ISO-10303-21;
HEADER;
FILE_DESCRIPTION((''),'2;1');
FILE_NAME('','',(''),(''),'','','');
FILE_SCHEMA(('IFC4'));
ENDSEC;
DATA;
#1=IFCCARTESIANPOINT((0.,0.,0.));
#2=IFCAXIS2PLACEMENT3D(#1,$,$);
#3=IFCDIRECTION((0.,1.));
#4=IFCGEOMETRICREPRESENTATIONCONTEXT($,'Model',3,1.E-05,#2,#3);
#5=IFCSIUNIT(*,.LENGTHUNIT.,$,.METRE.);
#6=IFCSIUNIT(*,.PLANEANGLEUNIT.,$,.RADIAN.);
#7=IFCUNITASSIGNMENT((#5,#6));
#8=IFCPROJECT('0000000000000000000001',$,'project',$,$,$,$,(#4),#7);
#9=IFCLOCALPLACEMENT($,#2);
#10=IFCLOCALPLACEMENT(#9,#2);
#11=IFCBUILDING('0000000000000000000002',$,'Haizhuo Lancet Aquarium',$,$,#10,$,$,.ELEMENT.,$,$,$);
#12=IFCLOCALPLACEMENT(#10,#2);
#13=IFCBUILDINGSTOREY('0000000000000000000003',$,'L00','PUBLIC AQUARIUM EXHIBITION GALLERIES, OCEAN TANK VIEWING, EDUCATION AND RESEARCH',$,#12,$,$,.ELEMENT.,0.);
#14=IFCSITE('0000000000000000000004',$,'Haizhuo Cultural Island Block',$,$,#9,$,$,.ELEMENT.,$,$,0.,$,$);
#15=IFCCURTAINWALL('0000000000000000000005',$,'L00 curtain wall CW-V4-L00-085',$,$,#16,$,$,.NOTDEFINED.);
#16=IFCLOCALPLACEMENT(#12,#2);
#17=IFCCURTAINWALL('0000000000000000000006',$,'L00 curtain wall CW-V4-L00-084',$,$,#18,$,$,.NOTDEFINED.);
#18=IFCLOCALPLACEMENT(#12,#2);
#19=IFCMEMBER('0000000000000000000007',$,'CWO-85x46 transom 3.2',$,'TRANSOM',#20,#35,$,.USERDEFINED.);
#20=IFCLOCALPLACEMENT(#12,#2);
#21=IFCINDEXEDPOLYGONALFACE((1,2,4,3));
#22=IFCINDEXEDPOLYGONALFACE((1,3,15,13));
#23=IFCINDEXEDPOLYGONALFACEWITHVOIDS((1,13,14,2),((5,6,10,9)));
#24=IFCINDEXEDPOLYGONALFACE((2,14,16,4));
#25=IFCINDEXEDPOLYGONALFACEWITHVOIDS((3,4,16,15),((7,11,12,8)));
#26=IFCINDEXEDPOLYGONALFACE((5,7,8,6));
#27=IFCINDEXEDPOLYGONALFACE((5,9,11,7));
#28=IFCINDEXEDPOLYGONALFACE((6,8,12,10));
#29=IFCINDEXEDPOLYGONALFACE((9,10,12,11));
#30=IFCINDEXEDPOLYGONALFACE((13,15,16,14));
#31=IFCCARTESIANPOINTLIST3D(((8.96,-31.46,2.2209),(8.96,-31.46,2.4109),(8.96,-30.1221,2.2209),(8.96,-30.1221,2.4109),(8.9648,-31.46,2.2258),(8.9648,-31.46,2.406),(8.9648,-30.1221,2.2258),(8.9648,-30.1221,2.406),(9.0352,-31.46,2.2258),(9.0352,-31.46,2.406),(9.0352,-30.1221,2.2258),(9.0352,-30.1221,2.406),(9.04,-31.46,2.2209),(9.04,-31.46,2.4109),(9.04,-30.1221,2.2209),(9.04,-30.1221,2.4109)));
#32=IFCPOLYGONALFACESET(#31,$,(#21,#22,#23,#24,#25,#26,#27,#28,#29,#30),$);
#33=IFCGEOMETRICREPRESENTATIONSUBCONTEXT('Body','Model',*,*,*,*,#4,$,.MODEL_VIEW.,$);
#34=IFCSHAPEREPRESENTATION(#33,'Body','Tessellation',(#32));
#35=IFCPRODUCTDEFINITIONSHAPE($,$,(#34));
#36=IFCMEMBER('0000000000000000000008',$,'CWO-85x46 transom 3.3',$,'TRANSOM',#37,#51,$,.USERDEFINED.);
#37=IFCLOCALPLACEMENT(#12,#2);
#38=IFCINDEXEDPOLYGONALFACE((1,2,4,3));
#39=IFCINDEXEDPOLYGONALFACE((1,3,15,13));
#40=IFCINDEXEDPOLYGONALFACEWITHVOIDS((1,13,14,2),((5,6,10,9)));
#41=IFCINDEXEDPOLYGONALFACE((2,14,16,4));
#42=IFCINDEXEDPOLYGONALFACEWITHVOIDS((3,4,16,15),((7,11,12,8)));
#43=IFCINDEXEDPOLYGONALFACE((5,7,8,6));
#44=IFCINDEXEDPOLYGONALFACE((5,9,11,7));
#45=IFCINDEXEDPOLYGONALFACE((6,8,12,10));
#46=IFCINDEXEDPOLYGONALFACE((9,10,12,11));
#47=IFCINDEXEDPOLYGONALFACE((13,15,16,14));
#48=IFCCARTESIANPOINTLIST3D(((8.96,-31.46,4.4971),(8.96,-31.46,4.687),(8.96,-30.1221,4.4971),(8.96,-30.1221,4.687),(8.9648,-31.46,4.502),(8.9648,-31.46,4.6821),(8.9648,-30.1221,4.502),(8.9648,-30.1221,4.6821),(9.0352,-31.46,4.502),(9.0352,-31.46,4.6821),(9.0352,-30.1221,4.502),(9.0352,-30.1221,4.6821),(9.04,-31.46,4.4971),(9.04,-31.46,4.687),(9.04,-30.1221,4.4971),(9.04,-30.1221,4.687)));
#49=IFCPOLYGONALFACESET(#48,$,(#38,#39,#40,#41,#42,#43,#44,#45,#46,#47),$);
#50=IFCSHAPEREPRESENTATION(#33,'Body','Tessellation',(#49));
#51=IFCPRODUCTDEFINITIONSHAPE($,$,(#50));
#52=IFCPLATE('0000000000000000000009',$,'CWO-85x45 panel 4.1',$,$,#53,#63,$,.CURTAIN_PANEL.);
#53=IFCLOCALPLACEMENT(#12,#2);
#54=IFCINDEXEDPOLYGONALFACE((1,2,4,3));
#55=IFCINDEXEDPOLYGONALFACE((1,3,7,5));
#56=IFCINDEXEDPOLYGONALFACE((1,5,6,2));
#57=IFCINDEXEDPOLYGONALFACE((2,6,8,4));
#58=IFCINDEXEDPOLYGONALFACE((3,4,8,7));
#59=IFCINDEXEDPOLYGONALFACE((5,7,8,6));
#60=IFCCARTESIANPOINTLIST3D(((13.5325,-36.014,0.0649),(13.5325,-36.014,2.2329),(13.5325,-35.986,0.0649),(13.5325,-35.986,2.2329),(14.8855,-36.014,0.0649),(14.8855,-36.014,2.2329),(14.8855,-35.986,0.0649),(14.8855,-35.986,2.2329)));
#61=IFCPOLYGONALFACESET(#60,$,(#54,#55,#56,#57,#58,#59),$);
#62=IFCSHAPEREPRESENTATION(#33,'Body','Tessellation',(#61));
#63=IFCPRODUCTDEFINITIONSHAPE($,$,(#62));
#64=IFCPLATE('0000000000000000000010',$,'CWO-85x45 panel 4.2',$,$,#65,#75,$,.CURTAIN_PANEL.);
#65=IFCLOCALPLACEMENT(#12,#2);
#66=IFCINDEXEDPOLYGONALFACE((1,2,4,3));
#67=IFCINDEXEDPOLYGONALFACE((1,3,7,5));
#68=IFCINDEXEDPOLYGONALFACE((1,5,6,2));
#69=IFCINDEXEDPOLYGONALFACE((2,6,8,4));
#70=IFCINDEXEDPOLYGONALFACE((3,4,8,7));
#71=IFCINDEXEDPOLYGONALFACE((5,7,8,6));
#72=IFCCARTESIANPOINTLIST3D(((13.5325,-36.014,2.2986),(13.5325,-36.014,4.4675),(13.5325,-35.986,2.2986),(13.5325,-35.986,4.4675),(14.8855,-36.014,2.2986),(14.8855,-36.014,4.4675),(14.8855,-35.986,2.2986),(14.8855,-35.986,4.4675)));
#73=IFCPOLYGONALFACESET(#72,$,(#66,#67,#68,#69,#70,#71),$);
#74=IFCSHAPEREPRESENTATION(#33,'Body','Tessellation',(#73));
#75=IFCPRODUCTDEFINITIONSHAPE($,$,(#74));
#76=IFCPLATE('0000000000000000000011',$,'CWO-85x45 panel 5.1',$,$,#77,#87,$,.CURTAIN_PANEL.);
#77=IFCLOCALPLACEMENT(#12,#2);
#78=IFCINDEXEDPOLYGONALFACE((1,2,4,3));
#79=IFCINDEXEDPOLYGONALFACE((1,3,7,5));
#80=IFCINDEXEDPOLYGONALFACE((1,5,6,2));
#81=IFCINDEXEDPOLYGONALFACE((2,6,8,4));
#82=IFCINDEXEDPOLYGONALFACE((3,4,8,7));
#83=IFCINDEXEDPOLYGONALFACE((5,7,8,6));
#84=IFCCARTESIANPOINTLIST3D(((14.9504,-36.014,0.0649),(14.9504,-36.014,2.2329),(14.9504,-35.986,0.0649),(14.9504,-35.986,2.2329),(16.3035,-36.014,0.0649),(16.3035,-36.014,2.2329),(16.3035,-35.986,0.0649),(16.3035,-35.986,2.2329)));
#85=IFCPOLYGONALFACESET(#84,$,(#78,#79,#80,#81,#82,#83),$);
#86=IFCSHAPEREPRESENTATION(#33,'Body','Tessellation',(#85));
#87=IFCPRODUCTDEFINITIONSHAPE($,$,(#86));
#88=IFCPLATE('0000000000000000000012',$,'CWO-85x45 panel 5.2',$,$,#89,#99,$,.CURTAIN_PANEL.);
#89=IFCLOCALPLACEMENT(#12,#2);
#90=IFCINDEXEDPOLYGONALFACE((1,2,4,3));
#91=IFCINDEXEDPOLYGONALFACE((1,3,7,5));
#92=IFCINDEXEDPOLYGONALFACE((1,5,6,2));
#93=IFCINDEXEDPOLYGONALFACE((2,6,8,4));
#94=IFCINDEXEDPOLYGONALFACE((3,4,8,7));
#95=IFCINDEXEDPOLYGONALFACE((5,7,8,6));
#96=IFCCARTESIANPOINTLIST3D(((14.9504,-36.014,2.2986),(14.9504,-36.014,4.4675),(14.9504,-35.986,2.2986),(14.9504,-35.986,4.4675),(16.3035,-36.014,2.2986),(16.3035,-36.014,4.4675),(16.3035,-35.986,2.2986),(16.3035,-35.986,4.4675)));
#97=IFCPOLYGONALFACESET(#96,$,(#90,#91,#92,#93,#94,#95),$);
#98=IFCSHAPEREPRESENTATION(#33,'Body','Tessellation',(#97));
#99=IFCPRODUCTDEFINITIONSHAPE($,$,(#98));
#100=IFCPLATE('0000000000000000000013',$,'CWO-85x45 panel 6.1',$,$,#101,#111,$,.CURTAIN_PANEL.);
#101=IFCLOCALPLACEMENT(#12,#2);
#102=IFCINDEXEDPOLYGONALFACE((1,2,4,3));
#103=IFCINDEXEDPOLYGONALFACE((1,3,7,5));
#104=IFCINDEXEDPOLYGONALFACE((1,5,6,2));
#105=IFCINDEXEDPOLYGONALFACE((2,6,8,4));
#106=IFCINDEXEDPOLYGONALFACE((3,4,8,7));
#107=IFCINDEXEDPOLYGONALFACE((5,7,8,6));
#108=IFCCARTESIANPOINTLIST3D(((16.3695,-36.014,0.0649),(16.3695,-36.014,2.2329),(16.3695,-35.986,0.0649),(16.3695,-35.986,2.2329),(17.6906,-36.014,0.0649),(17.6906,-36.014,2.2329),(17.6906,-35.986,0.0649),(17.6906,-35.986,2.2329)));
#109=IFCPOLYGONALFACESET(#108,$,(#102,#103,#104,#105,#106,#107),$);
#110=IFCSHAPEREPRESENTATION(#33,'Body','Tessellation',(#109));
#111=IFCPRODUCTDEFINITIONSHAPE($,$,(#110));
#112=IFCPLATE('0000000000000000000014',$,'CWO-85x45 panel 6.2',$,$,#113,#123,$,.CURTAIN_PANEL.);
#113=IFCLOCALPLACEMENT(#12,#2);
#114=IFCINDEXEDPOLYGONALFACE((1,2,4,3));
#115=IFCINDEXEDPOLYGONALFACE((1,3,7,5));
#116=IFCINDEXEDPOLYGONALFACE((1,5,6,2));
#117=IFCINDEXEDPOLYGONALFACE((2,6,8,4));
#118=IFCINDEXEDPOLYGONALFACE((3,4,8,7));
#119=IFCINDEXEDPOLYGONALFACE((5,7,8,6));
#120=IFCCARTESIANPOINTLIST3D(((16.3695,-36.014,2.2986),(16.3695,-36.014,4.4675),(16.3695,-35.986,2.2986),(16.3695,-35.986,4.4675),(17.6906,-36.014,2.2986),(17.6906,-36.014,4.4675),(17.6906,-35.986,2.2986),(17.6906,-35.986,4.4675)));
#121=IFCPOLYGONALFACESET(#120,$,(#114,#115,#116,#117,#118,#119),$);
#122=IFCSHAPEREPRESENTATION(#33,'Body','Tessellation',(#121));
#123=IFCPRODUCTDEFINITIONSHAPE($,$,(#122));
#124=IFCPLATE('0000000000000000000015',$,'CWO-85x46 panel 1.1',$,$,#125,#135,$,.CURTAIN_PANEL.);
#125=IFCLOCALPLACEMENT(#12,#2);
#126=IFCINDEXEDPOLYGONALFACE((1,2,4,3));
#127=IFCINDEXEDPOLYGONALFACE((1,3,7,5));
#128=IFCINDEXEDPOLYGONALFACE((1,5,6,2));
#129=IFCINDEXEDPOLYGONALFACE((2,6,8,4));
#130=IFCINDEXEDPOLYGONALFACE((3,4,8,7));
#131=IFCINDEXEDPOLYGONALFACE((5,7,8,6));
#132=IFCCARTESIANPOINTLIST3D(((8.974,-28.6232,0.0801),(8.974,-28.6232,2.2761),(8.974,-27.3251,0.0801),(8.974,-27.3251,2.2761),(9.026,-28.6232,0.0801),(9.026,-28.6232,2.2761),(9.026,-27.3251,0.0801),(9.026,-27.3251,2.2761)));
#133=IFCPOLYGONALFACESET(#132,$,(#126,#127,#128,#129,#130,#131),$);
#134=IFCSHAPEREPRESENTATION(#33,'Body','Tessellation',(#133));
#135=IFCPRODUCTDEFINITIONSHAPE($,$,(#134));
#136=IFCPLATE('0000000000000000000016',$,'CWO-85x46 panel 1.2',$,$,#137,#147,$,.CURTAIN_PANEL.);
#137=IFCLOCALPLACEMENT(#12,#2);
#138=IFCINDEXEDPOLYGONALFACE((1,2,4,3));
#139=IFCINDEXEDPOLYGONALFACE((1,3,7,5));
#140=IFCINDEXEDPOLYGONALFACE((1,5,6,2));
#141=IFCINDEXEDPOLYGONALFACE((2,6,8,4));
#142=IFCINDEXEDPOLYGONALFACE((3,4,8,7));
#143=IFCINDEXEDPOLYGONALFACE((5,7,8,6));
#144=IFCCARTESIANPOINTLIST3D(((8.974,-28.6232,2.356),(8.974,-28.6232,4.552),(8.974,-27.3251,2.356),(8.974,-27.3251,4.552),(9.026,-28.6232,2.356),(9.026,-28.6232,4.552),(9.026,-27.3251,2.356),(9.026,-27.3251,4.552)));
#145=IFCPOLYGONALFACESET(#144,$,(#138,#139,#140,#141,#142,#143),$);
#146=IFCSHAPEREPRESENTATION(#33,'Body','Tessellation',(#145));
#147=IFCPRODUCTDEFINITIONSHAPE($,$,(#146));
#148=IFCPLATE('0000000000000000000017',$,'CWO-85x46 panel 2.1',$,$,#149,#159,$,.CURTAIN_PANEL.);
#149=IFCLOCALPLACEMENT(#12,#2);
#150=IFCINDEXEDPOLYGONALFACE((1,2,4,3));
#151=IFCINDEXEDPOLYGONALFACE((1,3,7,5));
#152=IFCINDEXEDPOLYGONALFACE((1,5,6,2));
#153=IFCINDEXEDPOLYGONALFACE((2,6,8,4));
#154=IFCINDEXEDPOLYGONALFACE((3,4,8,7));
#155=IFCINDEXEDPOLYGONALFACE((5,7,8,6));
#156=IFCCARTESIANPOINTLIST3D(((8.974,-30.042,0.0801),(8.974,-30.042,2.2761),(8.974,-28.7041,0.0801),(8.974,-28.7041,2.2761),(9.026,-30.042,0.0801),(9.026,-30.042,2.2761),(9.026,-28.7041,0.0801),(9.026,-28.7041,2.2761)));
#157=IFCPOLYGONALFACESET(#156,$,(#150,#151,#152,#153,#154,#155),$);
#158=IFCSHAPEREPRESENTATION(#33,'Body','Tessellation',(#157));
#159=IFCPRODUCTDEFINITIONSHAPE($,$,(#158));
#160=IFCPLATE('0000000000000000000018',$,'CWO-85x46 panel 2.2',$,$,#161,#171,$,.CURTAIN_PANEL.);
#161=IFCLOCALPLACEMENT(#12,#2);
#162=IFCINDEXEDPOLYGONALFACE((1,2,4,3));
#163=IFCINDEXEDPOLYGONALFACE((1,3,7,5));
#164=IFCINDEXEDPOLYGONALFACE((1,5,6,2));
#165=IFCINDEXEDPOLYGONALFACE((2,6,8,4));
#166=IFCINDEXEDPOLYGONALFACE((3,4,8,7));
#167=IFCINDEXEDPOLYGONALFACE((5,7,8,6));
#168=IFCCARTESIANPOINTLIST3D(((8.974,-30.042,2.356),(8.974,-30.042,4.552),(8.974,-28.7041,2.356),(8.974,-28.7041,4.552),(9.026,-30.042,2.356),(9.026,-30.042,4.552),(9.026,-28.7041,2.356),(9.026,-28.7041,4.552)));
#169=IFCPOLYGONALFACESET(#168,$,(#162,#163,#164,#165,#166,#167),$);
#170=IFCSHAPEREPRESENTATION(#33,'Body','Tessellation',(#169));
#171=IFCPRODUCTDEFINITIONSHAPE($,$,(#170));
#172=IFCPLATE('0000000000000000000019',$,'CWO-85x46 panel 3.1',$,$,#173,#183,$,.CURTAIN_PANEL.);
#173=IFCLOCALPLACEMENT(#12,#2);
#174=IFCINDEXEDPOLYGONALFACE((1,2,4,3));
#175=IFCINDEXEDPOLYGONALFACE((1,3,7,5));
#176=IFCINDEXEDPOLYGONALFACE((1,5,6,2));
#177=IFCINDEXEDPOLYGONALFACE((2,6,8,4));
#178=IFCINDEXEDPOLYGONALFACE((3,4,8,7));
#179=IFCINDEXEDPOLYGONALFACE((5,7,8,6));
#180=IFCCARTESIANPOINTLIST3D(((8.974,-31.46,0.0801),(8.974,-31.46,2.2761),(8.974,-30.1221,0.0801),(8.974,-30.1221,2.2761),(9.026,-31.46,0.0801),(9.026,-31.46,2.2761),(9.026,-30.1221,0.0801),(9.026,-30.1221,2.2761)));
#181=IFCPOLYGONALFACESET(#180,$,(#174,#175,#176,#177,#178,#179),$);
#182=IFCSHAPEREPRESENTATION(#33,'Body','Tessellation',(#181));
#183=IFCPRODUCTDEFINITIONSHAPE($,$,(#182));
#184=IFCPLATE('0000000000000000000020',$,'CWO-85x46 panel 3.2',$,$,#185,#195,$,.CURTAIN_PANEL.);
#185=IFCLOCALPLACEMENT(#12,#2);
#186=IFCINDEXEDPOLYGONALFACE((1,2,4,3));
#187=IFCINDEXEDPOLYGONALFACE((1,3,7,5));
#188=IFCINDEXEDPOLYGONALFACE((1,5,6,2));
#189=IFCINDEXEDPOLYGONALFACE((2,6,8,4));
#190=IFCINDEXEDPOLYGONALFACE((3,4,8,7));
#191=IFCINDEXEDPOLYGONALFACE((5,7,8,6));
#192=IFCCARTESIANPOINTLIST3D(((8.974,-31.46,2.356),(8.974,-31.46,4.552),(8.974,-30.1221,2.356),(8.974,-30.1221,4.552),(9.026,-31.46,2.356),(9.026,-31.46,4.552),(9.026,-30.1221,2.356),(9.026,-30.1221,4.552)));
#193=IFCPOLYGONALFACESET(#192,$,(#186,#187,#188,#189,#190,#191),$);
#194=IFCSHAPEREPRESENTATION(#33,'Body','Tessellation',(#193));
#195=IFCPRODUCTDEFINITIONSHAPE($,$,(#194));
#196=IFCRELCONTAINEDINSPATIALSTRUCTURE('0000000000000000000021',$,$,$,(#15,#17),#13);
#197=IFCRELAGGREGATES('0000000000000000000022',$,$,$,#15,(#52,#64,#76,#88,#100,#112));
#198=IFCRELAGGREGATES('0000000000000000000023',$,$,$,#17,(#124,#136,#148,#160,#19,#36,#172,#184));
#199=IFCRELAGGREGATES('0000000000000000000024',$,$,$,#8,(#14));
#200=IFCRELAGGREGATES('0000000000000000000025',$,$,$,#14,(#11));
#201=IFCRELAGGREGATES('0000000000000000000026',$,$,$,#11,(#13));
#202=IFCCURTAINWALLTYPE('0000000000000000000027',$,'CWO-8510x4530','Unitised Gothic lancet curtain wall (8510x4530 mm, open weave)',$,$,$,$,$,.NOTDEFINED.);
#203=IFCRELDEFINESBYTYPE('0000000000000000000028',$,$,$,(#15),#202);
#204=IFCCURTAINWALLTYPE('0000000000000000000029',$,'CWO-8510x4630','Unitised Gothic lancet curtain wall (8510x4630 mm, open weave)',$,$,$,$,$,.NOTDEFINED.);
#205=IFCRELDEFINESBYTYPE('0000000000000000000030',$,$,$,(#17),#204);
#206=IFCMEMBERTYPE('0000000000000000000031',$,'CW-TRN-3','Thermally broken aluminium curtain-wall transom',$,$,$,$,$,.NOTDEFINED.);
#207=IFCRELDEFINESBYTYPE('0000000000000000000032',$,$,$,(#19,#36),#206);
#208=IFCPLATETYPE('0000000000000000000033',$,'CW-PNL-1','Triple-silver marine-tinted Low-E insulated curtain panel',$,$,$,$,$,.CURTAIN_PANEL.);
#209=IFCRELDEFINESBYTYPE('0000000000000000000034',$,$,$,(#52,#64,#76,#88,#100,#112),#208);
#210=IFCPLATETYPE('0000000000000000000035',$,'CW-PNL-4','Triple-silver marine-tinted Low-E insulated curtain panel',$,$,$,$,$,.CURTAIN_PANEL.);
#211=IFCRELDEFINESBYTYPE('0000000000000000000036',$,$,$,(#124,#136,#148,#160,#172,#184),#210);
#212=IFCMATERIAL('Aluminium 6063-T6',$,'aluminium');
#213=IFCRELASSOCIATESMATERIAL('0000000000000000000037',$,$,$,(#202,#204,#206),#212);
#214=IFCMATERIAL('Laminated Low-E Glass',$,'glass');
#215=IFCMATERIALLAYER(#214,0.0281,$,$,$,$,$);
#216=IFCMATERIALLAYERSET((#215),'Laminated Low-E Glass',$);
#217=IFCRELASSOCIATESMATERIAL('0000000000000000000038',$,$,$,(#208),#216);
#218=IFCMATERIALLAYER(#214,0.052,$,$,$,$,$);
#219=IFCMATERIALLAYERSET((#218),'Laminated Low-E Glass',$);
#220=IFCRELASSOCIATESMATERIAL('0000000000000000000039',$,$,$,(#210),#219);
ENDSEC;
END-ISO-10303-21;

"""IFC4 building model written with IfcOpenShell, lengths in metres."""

from ifc_helpers import new_model, si_unit, direction, frame, origin, origin_2d, place, context, subcontext, project, spatial, rectangle, hollow_rectangle, extrude, material, layer, layer_set, material_profile, profile_set, type_object, element, aggregate, save


model = new_model("IFC4")

# Units and contexts
model_context = context("Model", 3, precision=1e-05, world=origin(), true_north=direction((0.0, 1.0)))
body_context = subcontext(model_context, "Body", "Model", "MODEL_VIEW")
ifc_project = project(units=[si_unit("LENGTHUNIT", "METRE"), si_unit("PLANEANGLEUNIT", "RADIAN")], contexts=[model_context])

# Site, building, storey
site_placement = place(None, origin())
site = spatial("IfcSite", under=ifc_project, at=site_placement, Name="Haizhuo Cultural Island Block", CompositionType="ELEMENT", RefElevation=0.0)
building_placement = place(site_placement, origin())
building = spatial("IfcBuilding", under=site, at=building_placement, Name="Haizhuo Lancet Aquarium", CompositionType="ELEMENT")
storey_placement = place(building_placement, origin())
storey = spatial("IfcBuildingStorey", under=building, at=storey_placement, Name="L00", Description="PUBLIC AQUARIUM EXHIBITION GALLERIES, OCEAN TANK VIEWING, EDUCATION AND RESEARCH", CompositionType="ELEMENT", Elevation=0.0)

# Curtain walls
ifc_material_1 = material(Name="Aluminium 6063-T6", Category="aluminium")
curtain_wall_type_1 = type_object("IfcCurtainWallType", Name="CWO-8510x4530", Description="Unitised Gothic lancet curtain wall (8510x4530 mm, open weave)", PredefinedType="NOTDEFINED", material=ifc_material_1)
curtain_wall_1_placement = place(storey_placement, origin())
curtain_wall_1 = element("IfcCurtainWall", 1, at=curtain_wall_1_placement, inside=storey, type_object=curtain_wall_type_1, Name="L00 curtain wall CW-V4-L00-085", PredefinedType="NOTDEFINED")
curtain_wall_type_2 = type_object("IfcCurtainWallType", Name="CWO-8510x4630", Description="Unitised Gothic lancet curtain wall (8510x4630 mm, open weave)", PredefinedType="NOTDEFINED", material=ifc_material_1)
curtain_wall_2_placement = place(storey_placement, origin())
curtain_wall_2 = element("IfcCurtainWall", 2, at=curtain_wall_2_placement, inside=storey, type_object=curtain_wall_type_2, Name="L00 curtain wall CW-V4-L00-084", PredefinedType="NOTDEFINED")

# Members
ifc_material_profile_1 = material_profile(ifc_material_1, hollow_rectangle(XDim=0.0801, YDim=0.1899, WallThickness=0.0049, at=origin_2d()), Name="ALU-T 80x190x5")
ifc_profile_set_1 = profile_set([ifc_material_profile_1], Name="Aluminium 6063-T6")
member_type_1 = type_object("IfcMemberType", Name="CW-TRN-3", Description="Thermally broken aluminium curtain-wall transom", PredefinedType="NOTDEFINED", material=ifc_profile_set_1)
member_1_placement = place(storey_placement, frame((9.0, -30.1221, 2.3159), z_axis=(0.0, -1.0, 0.0), x_axis=(1.0, 0.0, 0.0)))
member_1 = element("IfcMember", 3, at=member_1_placement, type_object=member_type_1, Name="CWO-85x46 transom 3.2", ObjectType="TRANSOM", PredefinedType="USERDEFINED", context=body_context, shape_type="SweptSolid", body=[
    extrude(hollow_rectangle(XDim=0.0801, YDim=0.1899, WallThickness=0.0049, at=origin_2d()), origin(), (0.0, 0.0, 1.0), 1.3379),
])
member_2_placement = place(storey_placement, frame((9.0, -30.1221, 4.592), z_axis=(0.0, -1.0, 0.0), x_axis=(1.0, 0.0, 0.0)))
member_2 = element("IfcMember", 4, at=member_2_placement, type_object=member_type_1, Name="CWO-85x46 transom 3.3", ObjectType="TRANSOM", PredefinedType="USERDEFINED", context=body_context, shape_type="SweptSolid", body=[
    extrude(hollow_rectangle(XDim=0.0801, YDim=0.1899, WallThickness=0.0049, at=origin_2d()), origin(), (0.0, 0.0, 1.0), 1.3379),
])

# Plates
ifc_material_2 = material(Name="Laminated Low-E Glass", Category="glass")
ifc_layer_1 = layer(ifc_material_2, 0.0281)
ifc_layer_set_1 = layer_set([ifc_layer_1], Name="Laminated Low-E Glass")
plate_type_1 = type_object("IfcPlateType", Name="CW-PNL-1", Description="Triple-silver marine-tinted Low-E insulated curtain panel", PredefinedType="CURTAIN_PANEL", material=ifc_layer_set_1)
plate_1_placement = place(storey_placement, frame((14.209, -36.0, 0.0649), z_axis=(0.0, 0.0, 1.0), x_axis=(1.0, 0.0, 0.0)))
plate_1 = element("IfcPlate", 5, at=plate_1_placement, type_object=plate_type_1, Name="CWO-85x45 panel 4.1", PredefinedType="CURTAIN_PANEL", context=body_context, shape_type="SweptSolid", body=[
    extrude(rectangle(XDim=1.353, YDim=0.0281, at=origin_2d()), origin(), (0.0, 0.0, 1.0), 2.168),
])
plate_2_placement = place(storey_placement, frame((14.209, -36.0, 2.2986), z_axis=(0.0, 0.0, 1.0), x_axis=(1.0, 0.0, 0.0)))
plate_2 = element("IfcPlate", 6, at=plate_2_placement, type_object=plate_type_1, Name="CWO-85x45 panel 4.2", PredefinedType="CURTAIN_PANEL", context=body_context, shape_type="SweptSolid", body=[
    extrude(rectangle(XDim=1.353, YDim=0.0281, at=origin_2d()), origin(), (0.0, 0.0, 1.0), 2.1689),
])
plate_3_placement = place(storey_placement, frame((15.627, -36.0, 0.0649), z_axis=(0.0, 0.0, 1.0), x_axis=(1.0, 0.0, 0.0)))
plate_3 = element("IfcPlate", 7, at=plate_3_placement, type_object=plate_type_1, Name="CWO-85x45 panel 5.1", PredefinedType="CURTAIN_PANEL", context=body_context, shape_type="SweptSolid", body=[
    extrude(rectangle(XDim=1.353, YDim=0.0281, at=origin_2d()), origin(), (0.0, 0.0, 1.0), 2.168),
])
plate_4_placement = place(storey_placement, frame((15.627, -36.0, 2.2986), z_axis=(0.0, 0.0, 1.0), x_axis=(1.0, 0.0, 0.0)))
plate_4 = element("IfcPlate", 8, at=plate_4_placement, type_object=plate_type_1, Name="CWO-85x45 panel 5.2", PredefinedType="CURTAIN_PANEL", context=body_context, shape_type="SweptSolid", body=[
    extrude(rectangle(XDim=1.353, YDim=0.0281, at=origin_2d()), origin(), (0.0, 0.0, 1.0), 2.1689),
])
plate_5_placement = place(storey_placement, frame((17.03, -36.0, 0.0649), z_axis=(0.0, 0.0, 1.0), x_axis=(1.0, 0.0, 0.0)))
plate_5 = element("IfcPlate", 9, at=plate_5_placement, type_object=plate_type_1, Name="CWO-85x45 panel 6.1", PredefinedType="CURTAIN_PANEL", context=body_context, shape_type="SweptSolid", body=[
    extrude(rectangle(XDim=1.321, YDim=0.0281, at=origin_2d()), origin(), (0.0, 0.0, 1.0), 2.168),
])
plate_6_placement = place(storey_placement, frame((17.03, -36.0, 2.2986), z_axis=(0.0, 0.0, 1.0), x_axis=(1.0, 0.0, 0.0)))
plate_6 = element("IfcPlate", 10, at=plate_6_placement, type_object=plate_type_1, Name="CWO-85x45 panel 6.2", PredefinedType="CURTAIN_PANEL", context=body_context, shape_type="SweptSolid", body=[
    extrude(rectangle(XDim=1.321, YDim=0.0281, at=origin_2d()), origin(), (0.0, 0.0, 1.0), 2.1689),
])
aggregate(curtain_wall_1, [plate_1, plate_2, plate_3, plate_4, plate_5, plate_6])
ifc_layer_2 = layer(ifc_material_2, 0.052)
ifc_layer_set_2 = layer_set([ifc_layer_2], Name="Laminated Low-E Glass")
plate_type_2 = type_object("IfcPlateType", Name="CW-PNL-4", Description="Triple-silver marine-tinted Low-E insulated curtain panel", PredefinedType="CURTAIN_PANEL", material=ifc_layer_set_2)
plate_7_placement = place(storey_placement, frame((9.0, -27.9741, 0.0801), z_axis=(0.0, 0.0, 1.0), x_axis=(0.0, -1.0, 0.0)))
plate_7 = element("IfcPlate", 11, at=plate_7_placement, type_object=plate_type_2, Name="CWO-85x46 panel 1.1", PredefinedType="CURTAIN_PANEL", context=body_context, shape_type="SweptSolid", body=[
    extrude(rectangle(XDim=1.2981, YDim=0.052, at=origin_2d()), origin(), (0.0, 0.0, 1.0), 2.196),
])
plate_8_placement = place(storey_placement, frame((9.0, -27.9741, 2.356), z_axis=(0.0, 0.0, 1.0), x_axis=(0.0, -1.0, 0.0)))
plate_8 = element("IfcPlate", 12, at=plate_8_placement, type_object=plate_type_2, Name="CWO-85x46 panel 1.2", PredefinedType="CURTAIN_PANEL", context=body_context, shape_type="SweptSolid", body=[
    extrude(rectangle(XDim=1.2981, YDim=0.052, at=origin_2d()), origin(), (0.0, 0.0, 1.0), 2.196),
])
plate_9_placement = place(storey_placement, frame((9.0, -29.373, 0.0801), z_axis=(0.0, 0.0, 1.0), x_axis=(0.0, -1.0, 0.0)))
plate_9 = element("IfcPlate", 13, at=plate_9_placement, type_object=plate_type_2, Name="CWO-85x46 panel 2.1", PredefinedType="CURTAIN_PANEL", context=body_context, shape_type="SweptSolid", body=[
    extrude(rectangle(XDim=1.3379, YDim=0.052, at=origin_2d()), origin(), (0.0, 0.0, 1.0), 2.196),
])
plate_10_placement = place(storey_placement, frame((9.0, -29.373, 2.356), z_axis=(0.0, 0.0, 1.0), x_axis=(0.0, -1.0, 0.0)))
plate_10 = element("IfcPlate", 14, at=plate_10_placement, type_object=plate_type_2, Name="CWO-85x46 panel 2.2", PredefinedType="CURTAIN_PANEL", context=body_context, shape_type="SweptSolid", body=[
    extrude(rectangle(XDim=1.3379, YDim=0.052, at=origin_2d()), origin(), (0.0, 0.0, 1.0), 2.196),
])
plate_11_placement = place(storey_placement, frame((9.0, -30.791, 0.0801), z_axis=(0.0, 0.0, 1.0), x_axis=(0.0, -1.0, 0.0)))
plate_11 = element("IfcPlate", 15, at=plate_11_placement, type_object=plate_type_2, Name="CWO-85x46 panel 3.1", PredefinedType="CURTAIN_PANEL", context=body_context, shape_type="SweptSolid", body=[
    extrude(rectangle(XDim=1.3379, YDim=0.052, at=origin_2d()), origin(), (0.0, 0.0, 1.0), 2.196),
])
plate_12_placement = place(storey_placement, frame((9.0, -30.791, 2.356), z_axis=(0.0, 0.0, 1.0), x_axis=(0.0, -1.0, 0.0)))
plate_12 = element("IfcPlate", 16, at=plate_12_placement, type_object=plate_type_2, Name="CWO-85x46 panel 3.2", PredefinedType="CURTAIN_PANEL", context=body_context, shape_type="SweptSolid", body=[
    extrude(rectangle(XDim=1.3379, YDim=0.052, at=origin_2d()), origin(), (0.0, 0.0, 1.0), 2.196),
])
aggregate(curtain_wall_2, [plate_7, plate_8, plate_9, plate_10, member_1, member_2, plate_11, plate_12])

save(model, "model.ifc")
